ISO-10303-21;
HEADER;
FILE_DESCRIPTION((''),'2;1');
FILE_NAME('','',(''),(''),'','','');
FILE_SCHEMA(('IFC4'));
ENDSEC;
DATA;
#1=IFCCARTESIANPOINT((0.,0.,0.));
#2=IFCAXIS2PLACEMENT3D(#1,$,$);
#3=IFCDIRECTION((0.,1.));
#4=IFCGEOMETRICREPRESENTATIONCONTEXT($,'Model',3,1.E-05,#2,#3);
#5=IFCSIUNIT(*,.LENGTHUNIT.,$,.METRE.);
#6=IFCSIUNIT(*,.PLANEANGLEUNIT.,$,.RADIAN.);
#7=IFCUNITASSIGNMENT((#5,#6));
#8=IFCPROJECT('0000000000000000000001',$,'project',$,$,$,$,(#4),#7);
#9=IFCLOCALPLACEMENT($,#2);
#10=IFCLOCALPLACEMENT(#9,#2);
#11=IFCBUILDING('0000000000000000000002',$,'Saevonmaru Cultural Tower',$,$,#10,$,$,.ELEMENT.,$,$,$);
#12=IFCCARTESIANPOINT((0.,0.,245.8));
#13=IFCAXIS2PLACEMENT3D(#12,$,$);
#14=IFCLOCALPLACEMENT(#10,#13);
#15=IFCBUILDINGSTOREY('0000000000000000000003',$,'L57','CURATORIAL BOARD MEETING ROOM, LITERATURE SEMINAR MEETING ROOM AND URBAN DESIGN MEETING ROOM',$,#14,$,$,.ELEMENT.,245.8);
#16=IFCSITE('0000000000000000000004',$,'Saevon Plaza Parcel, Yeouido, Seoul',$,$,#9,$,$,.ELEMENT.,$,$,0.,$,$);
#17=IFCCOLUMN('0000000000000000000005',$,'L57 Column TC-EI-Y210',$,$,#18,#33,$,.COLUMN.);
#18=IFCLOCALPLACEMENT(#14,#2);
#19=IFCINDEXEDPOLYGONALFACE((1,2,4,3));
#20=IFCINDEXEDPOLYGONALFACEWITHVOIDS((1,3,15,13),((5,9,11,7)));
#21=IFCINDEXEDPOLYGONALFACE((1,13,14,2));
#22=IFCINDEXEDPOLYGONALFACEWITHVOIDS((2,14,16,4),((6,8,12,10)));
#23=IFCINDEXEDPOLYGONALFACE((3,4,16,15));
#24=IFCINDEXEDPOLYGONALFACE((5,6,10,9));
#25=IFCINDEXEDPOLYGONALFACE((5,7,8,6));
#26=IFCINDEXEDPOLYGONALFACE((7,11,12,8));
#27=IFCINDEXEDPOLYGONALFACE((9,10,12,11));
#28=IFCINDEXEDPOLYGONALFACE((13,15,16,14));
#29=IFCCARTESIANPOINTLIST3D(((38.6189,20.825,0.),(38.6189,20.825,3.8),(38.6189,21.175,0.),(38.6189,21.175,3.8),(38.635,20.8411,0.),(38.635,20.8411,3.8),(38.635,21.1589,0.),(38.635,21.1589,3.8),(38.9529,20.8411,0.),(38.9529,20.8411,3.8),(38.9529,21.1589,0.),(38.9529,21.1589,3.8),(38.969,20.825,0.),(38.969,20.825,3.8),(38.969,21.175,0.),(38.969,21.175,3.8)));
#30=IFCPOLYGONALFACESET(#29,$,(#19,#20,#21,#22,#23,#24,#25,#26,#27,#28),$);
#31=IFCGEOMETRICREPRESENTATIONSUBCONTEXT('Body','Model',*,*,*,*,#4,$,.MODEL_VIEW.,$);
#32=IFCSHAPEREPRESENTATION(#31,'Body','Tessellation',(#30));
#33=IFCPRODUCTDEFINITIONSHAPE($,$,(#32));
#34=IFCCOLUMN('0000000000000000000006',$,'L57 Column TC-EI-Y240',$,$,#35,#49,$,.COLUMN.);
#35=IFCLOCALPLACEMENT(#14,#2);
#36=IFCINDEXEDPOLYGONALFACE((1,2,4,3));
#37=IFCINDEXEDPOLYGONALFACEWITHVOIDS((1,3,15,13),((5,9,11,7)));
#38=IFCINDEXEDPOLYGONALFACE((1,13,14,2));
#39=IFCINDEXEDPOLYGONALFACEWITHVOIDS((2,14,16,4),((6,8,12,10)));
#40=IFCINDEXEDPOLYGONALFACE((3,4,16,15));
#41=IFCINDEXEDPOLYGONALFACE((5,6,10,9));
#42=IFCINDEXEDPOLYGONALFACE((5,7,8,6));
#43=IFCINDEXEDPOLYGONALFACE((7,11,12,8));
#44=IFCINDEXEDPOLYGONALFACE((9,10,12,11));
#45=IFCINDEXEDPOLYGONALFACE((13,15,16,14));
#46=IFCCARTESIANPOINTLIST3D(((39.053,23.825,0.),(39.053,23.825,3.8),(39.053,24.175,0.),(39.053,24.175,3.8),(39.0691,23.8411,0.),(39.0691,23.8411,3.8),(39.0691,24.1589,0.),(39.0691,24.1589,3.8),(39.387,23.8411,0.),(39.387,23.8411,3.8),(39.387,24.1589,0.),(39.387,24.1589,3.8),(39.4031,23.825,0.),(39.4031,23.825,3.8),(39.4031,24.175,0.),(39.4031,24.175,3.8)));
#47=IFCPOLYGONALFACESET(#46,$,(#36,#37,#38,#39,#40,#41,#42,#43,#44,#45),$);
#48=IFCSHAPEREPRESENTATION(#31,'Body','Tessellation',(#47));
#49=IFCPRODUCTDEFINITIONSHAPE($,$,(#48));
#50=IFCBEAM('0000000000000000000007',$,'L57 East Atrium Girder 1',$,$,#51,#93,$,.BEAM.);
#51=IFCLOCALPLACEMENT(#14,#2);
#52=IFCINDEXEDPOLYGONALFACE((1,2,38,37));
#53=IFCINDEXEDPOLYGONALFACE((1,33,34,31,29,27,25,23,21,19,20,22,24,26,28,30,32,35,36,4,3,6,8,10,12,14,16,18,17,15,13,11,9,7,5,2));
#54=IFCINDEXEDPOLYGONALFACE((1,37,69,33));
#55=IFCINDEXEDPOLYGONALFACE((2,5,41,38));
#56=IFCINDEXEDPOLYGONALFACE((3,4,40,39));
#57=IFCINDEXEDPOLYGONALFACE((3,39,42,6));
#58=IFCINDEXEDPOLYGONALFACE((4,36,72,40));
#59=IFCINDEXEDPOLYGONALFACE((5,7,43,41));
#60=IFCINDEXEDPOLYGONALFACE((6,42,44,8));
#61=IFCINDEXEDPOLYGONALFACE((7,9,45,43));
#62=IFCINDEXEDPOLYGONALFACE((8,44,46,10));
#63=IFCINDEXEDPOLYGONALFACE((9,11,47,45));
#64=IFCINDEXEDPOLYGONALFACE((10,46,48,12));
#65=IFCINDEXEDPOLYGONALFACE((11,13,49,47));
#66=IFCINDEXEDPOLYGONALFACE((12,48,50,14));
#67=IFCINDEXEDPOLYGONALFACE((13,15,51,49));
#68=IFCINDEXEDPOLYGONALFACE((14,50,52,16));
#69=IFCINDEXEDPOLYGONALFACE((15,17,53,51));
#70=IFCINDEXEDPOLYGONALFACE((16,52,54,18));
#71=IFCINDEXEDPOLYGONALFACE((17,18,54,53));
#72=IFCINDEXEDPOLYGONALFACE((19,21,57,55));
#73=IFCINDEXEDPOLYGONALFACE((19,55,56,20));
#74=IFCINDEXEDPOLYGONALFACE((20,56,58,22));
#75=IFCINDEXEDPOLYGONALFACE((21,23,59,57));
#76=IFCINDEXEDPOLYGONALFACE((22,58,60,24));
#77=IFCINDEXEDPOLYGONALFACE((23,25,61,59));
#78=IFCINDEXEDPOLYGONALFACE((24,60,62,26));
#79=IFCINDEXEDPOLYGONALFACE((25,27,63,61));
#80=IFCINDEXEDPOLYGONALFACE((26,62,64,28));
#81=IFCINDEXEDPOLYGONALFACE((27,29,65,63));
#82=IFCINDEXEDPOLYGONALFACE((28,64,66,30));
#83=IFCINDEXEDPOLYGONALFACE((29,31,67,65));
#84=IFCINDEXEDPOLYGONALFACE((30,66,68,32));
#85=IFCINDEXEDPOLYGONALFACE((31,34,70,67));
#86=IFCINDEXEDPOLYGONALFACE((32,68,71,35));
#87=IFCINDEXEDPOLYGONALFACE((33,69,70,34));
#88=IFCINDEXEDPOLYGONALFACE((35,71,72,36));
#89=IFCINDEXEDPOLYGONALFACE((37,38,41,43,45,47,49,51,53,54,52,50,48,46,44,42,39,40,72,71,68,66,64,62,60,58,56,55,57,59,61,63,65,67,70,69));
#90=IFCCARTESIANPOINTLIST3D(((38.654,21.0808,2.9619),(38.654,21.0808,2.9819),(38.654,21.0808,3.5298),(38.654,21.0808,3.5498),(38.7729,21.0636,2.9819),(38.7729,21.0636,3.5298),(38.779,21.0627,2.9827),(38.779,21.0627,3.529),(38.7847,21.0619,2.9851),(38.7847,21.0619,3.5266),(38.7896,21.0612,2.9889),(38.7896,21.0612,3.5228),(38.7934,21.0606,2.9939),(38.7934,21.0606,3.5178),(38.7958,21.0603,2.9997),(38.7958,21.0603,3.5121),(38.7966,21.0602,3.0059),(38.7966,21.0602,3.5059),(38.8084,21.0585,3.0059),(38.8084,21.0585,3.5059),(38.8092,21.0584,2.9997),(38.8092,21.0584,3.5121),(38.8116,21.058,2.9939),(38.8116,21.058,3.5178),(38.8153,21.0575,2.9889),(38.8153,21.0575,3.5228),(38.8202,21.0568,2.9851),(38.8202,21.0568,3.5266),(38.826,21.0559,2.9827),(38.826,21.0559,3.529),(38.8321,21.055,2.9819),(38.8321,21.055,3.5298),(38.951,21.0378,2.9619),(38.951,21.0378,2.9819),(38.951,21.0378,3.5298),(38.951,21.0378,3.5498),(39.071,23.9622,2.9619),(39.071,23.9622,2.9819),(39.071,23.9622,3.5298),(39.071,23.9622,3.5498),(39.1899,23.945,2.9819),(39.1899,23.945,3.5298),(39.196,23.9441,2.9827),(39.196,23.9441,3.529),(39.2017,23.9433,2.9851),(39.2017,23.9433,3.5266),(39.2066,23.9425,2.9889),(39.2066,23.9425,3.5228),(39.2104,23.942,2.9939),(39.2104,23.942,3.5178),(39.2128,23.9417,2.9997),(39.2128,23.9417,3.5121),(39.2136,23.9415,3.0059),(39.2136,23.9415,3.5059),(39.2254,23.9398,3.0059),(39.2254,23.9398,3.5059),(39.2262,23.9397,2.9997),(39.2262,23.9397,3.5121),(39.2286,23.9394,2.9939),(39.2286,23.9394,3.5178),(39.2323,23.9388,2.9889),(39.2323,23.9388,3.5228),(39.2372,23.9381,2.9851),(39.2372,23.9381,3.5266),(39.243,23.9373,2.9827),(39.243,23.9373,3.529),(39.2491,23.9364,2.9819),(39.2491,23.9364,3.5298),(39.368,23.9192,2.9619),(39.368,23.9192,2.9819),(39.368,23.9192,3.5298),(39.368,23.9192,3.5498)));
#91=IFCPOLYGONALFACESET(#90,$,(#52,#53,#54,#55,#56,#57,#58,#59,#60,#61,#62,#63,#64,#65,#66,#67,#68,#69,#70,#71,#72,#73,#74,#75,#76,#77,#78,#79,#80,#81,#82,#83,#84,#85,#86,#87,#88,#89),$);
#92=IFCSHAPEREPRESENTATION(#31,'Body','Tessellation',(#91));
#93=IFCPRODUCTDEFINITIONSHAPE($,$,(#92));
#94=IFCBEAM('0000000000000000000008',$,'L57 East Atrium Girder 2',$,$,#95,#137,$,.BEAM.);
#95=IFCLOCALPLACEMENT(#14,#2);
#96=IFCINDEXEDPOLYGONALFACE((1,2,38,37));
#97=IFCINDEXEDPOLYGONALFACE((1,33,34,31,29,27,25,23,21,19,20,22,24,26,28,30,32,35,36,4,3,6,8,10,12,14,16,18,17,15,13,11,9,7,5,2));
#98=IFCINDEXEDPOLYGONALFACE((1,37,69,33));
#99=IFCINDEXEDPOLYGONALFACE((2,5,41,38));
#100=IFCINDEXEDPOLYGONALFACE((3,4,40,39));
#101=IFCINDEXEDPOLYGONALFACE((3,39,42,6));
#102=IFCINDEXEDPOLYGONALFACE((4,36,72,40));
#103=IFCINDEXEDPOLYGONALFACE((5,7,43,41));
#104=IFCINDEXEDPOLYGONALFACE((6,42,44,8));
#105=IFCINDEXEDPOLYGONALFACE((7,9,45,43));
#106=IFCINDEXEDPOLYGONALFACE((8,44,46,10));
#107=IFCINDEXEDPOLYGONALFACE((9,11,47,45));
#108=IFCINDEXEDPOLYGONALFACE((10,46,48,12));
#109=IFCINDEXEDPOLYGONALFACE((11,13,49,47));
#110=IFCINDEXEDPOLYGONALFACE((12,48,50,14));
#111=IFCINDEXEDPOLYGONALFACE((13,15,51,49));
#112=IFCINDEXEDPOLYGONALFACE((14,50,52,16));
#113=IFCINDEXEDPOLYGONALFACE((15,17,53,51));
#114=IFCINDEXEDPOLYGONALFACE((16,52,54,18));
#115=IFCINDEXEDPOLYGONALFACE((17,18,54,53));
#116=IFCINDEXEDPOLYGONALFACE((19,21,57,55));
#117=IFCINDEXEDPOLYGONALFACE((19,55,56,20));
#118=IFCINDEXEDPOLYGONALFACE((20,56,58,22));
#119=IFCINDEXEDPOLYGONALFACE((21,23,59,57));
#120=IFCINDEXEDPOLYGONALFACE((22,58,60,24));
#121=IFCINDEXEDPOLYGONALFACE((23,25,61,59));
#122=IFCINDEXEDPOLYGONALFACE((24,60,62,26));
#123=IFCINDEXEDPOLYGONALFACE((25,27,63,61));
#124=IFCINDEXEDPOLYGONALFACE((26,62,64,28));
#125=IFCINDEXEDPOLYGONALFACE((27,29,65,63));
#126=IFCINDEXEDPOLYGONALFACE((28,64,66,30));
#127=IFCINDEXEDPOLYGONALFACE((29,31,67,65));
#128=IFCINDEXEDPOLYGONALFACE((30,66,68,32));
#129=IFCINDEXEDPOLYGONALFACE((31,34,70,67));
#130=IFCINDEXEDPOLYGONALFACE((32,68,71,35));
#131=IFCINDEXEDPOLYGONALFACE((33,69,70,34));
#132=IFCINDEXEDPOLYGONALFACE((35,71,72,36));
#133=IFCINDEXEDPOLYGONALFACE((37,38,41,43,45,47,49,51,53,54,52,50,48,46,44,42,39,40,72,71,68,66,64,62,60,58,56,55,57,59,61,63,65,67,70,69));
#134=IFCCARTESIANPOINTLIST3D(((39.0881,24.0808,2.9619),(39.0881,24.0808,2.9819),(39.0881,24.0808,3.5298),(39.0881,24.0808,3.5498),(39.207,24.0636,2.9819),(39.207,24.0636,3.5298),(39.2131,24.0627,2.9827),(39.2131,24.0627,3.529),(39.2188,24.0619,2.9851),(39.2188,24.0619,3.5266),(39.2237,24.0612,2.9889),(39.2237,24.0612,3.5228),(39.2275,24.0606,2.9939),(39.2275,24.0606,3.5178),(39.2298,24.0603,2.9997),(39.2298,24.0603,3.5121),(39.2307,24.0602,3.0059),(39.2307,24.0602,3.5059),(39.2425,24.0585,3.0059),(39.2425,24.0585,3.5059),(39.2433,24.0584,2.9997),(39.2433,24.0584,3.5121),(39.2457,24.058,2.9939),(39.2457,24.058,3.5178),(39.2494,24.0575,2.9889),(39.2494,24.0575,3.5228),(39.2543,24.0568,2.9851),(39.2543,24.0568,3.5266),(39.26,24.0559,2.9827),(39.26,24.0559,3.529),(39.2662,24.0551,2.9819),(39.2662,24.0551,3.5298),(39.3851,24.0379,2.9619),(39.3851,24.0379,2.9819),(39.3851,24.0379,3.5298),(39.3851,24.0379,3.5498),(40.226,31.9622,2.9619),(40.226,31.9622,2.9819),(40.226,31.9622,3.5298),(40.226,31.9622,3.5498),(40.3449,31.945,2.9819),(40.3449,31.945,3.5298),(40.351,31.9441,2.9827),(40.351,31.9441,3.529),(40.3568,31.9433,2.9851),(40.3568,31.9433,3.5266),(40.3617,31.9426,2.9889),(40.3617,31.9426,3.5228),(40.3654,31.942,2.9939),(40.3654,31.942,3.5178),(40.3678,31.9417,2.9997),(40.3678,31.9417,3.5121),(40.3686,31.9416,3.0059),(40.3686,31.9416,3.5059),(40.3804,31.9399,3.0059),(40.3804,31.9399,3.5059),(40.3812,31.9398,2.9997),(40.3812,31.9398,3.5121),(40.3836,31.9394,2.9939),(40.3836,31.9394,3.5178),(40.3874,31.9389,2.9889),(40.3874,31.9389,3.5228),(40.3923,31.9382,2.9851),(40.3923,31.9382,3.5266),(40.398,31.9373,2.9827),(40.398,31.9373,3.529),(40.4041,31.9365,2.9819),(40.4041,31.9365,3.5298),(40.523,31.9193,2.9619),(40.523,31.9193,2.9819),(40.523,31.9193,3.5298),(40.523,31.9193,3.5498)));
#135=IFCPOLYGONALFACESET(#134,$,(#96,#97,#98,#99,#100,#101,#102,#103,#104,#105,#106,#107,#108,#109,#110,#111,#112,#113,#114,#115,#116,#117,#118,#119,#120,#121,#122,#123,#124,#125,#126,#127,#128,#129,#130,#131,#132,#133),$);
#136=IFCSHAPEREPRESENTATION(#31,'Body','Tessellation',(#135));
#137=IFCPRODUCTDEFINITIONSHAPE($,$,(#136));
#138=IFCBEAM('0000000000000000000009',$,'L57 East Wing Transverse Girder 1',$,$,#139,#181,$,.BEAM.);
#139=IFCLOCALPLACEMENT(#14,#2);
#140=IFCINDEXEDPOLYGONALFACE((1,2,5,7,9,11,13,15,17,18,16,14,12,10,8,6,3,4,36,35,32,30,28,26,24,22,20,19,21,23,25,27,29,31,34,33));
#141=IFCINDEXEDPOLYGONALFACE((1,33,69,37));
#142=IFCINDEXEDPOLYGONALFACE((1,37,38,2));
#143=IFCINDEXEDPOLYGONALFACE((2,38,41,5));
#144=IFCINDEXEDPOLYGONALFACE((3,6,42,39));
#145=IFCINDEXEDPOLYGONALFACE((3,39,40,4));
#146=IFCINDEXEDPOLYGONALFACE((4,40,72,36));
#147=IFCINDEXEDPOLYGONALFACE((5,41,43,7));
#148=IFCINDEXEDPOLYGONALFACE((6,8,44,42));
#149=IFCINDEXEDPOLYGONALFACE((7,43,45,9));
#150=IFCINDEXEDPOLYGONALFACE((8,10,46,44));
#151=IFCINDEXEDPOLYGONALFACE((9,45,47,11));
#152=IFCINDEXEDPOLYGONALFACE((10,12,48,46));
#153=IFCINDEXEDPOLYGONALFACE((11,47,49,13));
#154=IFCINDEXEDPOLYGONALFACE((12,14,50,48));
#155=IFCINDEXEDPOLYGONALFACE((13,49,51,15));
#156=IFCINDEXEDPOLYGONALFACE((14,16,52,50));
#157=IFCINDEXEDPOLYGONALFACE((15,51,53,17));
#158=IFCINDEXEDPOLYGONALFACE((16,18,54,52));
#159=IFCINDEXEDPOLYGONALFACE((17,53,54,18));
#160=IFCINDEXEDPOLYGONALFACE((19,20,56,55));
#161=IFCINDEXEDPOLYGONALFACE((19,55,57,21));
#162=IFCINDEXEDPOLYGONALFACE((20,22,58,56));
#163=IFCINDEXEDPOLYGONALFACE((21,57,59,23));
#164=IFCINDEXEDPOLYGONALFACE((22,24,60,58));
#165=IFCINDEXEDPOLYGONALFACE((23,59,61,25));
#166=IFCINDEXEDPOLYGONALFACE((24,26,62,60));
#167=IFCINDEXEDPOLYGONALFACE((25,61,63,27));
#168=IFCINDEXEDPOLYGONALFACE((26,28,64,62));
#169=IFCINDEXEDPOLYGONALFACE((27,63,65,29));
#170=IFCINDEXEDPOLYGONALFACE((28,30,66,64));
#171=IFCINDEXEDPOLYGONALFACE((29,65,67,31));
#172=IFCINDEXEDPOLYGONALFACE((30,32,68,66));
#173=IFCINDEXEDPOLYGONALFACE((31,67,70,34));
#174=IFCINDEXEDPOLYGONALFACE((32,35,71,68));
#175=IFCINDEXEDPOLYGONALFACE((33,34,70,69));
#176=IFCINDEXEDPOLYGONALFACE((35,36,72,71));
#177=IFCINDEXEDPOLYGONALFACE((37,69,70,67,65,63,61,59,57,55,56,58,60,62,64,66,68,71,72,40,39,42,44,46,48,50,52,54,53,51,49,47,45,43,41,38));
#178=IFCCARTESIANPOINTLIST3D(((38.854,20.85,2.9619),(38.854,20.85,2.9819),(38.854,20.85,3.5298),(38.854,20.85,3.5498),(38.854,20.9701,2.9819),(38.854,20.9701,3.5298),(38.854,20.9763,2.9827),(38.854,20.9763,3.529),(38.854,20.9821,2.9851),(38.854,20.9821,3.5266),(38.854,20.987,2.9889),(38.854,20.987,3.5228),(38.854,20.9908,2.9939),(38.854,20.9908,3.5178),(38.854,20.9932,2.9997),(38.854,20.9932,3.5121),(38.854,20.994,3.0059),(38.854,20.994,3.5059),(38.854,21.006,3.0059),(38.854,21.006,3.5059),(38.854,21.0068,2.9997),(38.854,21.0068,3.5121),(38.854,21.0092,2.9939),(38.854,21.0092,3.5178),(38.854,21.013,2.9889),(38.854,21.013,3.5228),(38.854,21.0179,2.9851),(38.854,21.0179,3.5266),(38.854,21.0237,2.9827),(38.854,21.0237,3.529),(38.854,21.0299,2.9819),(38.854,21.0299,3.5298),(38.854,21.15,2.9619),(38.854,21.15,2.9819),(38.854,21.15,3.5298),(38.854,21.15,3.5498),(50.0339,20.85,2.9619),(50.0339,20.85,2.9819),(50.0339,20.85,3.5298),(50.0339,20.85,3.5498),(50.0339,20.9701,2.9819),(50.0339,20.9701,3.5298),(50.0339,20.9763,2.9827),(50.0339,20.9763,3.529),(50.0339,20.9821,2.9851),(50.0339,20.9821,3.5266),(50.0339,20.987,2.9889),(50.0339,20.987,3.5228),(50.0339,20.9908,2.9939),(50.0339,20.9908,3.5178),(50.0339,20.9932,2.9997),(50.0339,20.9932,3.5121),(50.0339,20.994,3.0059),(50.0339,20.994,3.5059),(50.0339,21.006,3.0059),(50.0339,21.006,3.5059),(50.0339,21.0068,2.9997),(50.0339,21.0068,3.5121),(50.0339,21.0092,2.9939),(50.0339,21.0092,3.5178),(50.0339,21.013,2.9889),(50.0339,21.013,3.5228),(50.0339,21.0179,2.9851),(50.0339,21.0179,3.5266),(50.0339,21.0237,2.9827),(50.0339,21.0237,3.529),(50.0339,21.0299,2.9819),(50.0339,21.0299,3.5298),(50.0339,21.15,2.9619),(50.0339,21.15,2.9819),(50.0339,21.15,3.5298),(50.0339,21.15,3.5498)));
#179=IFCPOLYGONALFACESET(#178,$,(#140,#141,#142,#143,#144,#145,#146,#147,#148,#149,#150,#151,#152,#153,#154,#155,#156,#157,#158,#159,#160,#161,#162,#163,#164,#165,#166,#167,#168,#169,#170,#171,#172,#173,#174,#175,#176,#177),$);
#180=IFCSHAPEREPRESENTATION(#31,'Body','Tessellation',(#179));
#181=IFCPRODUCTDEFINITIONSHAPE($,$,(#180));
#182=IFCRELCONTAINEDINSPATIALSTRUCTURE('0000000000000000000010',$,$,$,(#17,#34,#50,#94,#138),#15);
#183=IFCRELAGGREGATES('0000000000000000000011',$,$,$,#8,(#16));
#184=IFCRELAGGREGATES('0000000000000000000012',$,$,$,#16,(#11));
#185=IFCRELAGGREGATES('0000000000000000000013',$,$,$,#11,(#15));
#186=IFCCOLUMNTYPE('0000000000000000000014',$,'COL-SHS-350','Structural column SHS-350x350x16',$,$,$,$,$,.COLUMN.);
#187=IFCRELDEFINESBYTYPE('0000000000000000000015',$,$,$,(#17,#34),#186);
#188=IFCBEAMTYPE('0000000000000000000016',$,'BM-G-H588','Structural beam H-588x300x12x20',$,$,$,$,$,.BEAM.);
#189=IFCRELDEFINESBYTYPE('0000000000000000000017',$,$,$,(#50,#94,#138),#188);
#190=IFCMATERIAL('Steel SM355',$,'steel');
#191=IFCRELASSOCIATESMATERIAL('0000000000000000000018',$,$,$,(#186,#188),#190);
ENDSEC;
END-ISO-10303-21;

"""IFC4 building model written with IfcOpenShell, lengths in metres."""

from ifc_helpers import new_model, si_unit, direction, frame, origin, origin_2d, place, context, subcontext, project, spatial, hollow_rectangle, i_section, extrude, material, material_profile, profile_set, type_object, element, save


model = new_model("IFC4")

# Units and contexts
model_context = context("Model", 3, precision=1e-05, world=origin(), true_north=direction((0.0, 1.0)))
body_context = subcontext(model_context, "Body", "Model", "MODEL_VIEW")
ifc_project = project(units=[si_unit("LENGTHUNIT", "METRE"), si_unit("PLANEANGLEUNIT", "RADIAN")], contexts=[model_context])

# Site, building, storey
site_placement = place(None, origin())
site = spatial("IfcSite", under=ifc_project, at=site_placement, Name="Saevon Plaza Parcel, Yeouido, Seoul", CompositionType="ELEMENT", RefElevation=0.0)
building_placement = place(site_placement, origin())
building = spatial("IfcBuilding", under=site, at=building_placement, Name="Saevonmaru Cultural Tower", CompositionType="ELEMENT")
storey_placement = place(building_placement, frame((0.0, 0.0, 245.8)))
storey = spatial("IfcBuildingStorey", under=building, at=storey_placement, Name="L57", Description="CURATORIAL BOARD MEETING ROOM, LITERATURE SEMINAR MEETING ROOM AND URBAN DESIGN MEETING ROOM", CompositionType="ELEMENT", Elevation=245.8)

# Columns
ifc_material_1 = material(Name="Steel SM355", Category="steel")
ifc_material_profile_1 = material_profile(ifc_material_1, hollow_rectangle(XDim=0.3501, YDim=0.3501, WallThickness=0.0161, at=origin_2d()), Name="SHS-350x350x16")
ifc_profile_set_1 = profile_set([ifc_material_profile_1], Name="Steel SM355")
column_type = type_object("IfcColumnType", Name="COL-SHS-350", Description="Structural column SHS-350x350x16", PredefinedType="COLUMN", material=ifc_profile_set_1)
for number, where, z_axis, x_axis, name in (
    (1, (38.7939, 21.0, 0.0), (0.0, 0.0, 1.0), (1.0, 0.0, 0.0), "L57 Column TC-EI-Y210"),
    (2, (39.228, 24.0, 0.0), (0.0, 0.0, 1.0), (1.0, 0.0, 0.0), "L57 Column TC-EI-Y240"),
):
    element("IfcColumn", number, at=place(storey_placement, frame(where, z_axis=z_axis, x_axis=x_axis)), inside=storey, type_object=column_type, Name=name, PredefinedType="COLUMN", context=body_context, shape_type="SweptSolid", body=[
        extrude(hollow_rectangle(XDim=0.3501, YDim=0.3501, WallThickness=0.0161, at=origin_2d()), origin(), (0.0, 0.0, 1.0), 3.8),
    ])

# Beams
ifc_material_profile_2 = material_profile(ifc_material_1, i_section(OverallWidth=0.3, OverallDepth=0.5879, WebThickness=0.012, FlangeThickness=0.02, FilletRadius=0.0239, at=origin_2d()), Name="H-588x300x12x20")
ifc_profile_set_2 = profile_set([ifc_material_profile_2], Name="Steel SM355")
beam_type_1 = type_object("IfcBeamType", Name="BM-G-H588", Description="Structural beam H-588x300x12x20", PredefinedType="BEAM", material=ifc_profile_set_2)
beam_1_placement = place(storey_placement, frame((38.8025, 21.0593, 3.2559), z_axis=(0.143229, 0.98969, 0.0), x_axis=(-0.98969, 0.143229, 0.0)))
element("IfcBeam", 3, at=beam_1_placement, inside=storey, type_object=beam_type_1, Name="L57 East Atrium Girder 1", PredefinedType="BEAM", context=body_context, shape_type="SweptSolid", body=[
    extrude(i_section(OverallWidth=0.3, OverallDepth=0.5879, WebThickness=0.012, FlangeThickness=0.02, FilletRadius=0.0239, at=origin_2d()), origin(), (0.0, 0.0, 1.0), 2.9114),
])
beam_2_placement = place(storey_placement, frame((39.2366, 24.0593, 3.2559), z_axis=(0.142902, 0.989737, 0.0), x_axis=(-0.989737, 0.142902, 0.0)))
element("IfcBeam", 4, at=beam_2_placement, inside=storey, type_object=beam_type_1, Name="L57 East Atrium Girder 2", PredefinedType="BEAM", context=body_context, shape_type="SweptSolid", body=[
    extrude(i_section(OverallWidth=0.3, OverallDepth=0.5879, WebThickness=0.012, FlangeThickness=0.02, FilletRadius=0.0239, at=origin_2d()), origin(), (0.0, 0.0, 1.0), 7.9631),
])
beam_3_placement = place(storey_placement, frame((38.854, 21.0, 3.2559), z_axis=(1.0, 0.0, 0.0), x_axis=(0.0, 1.0, 0.0)))
element("IfcBeam", 5, at=beam_3_placement, inside=storey, type_object=beam_type_1, Name="L57 East Wing Transverse Girder 1", PredefinedType="BEAM", context=body_context, shape_type="SweptSolid", body=[
    extrude(i_section(OverallWidth=0.3, OverallDepth=0.5879, WebThickness=0.012, FlangeThickness=0.02, FilletRadius=0.0239, at=origin_2d()), origin(), (0.0, 0.0, 1.0), 11.1799),
])

save(model, "model.ifc")
